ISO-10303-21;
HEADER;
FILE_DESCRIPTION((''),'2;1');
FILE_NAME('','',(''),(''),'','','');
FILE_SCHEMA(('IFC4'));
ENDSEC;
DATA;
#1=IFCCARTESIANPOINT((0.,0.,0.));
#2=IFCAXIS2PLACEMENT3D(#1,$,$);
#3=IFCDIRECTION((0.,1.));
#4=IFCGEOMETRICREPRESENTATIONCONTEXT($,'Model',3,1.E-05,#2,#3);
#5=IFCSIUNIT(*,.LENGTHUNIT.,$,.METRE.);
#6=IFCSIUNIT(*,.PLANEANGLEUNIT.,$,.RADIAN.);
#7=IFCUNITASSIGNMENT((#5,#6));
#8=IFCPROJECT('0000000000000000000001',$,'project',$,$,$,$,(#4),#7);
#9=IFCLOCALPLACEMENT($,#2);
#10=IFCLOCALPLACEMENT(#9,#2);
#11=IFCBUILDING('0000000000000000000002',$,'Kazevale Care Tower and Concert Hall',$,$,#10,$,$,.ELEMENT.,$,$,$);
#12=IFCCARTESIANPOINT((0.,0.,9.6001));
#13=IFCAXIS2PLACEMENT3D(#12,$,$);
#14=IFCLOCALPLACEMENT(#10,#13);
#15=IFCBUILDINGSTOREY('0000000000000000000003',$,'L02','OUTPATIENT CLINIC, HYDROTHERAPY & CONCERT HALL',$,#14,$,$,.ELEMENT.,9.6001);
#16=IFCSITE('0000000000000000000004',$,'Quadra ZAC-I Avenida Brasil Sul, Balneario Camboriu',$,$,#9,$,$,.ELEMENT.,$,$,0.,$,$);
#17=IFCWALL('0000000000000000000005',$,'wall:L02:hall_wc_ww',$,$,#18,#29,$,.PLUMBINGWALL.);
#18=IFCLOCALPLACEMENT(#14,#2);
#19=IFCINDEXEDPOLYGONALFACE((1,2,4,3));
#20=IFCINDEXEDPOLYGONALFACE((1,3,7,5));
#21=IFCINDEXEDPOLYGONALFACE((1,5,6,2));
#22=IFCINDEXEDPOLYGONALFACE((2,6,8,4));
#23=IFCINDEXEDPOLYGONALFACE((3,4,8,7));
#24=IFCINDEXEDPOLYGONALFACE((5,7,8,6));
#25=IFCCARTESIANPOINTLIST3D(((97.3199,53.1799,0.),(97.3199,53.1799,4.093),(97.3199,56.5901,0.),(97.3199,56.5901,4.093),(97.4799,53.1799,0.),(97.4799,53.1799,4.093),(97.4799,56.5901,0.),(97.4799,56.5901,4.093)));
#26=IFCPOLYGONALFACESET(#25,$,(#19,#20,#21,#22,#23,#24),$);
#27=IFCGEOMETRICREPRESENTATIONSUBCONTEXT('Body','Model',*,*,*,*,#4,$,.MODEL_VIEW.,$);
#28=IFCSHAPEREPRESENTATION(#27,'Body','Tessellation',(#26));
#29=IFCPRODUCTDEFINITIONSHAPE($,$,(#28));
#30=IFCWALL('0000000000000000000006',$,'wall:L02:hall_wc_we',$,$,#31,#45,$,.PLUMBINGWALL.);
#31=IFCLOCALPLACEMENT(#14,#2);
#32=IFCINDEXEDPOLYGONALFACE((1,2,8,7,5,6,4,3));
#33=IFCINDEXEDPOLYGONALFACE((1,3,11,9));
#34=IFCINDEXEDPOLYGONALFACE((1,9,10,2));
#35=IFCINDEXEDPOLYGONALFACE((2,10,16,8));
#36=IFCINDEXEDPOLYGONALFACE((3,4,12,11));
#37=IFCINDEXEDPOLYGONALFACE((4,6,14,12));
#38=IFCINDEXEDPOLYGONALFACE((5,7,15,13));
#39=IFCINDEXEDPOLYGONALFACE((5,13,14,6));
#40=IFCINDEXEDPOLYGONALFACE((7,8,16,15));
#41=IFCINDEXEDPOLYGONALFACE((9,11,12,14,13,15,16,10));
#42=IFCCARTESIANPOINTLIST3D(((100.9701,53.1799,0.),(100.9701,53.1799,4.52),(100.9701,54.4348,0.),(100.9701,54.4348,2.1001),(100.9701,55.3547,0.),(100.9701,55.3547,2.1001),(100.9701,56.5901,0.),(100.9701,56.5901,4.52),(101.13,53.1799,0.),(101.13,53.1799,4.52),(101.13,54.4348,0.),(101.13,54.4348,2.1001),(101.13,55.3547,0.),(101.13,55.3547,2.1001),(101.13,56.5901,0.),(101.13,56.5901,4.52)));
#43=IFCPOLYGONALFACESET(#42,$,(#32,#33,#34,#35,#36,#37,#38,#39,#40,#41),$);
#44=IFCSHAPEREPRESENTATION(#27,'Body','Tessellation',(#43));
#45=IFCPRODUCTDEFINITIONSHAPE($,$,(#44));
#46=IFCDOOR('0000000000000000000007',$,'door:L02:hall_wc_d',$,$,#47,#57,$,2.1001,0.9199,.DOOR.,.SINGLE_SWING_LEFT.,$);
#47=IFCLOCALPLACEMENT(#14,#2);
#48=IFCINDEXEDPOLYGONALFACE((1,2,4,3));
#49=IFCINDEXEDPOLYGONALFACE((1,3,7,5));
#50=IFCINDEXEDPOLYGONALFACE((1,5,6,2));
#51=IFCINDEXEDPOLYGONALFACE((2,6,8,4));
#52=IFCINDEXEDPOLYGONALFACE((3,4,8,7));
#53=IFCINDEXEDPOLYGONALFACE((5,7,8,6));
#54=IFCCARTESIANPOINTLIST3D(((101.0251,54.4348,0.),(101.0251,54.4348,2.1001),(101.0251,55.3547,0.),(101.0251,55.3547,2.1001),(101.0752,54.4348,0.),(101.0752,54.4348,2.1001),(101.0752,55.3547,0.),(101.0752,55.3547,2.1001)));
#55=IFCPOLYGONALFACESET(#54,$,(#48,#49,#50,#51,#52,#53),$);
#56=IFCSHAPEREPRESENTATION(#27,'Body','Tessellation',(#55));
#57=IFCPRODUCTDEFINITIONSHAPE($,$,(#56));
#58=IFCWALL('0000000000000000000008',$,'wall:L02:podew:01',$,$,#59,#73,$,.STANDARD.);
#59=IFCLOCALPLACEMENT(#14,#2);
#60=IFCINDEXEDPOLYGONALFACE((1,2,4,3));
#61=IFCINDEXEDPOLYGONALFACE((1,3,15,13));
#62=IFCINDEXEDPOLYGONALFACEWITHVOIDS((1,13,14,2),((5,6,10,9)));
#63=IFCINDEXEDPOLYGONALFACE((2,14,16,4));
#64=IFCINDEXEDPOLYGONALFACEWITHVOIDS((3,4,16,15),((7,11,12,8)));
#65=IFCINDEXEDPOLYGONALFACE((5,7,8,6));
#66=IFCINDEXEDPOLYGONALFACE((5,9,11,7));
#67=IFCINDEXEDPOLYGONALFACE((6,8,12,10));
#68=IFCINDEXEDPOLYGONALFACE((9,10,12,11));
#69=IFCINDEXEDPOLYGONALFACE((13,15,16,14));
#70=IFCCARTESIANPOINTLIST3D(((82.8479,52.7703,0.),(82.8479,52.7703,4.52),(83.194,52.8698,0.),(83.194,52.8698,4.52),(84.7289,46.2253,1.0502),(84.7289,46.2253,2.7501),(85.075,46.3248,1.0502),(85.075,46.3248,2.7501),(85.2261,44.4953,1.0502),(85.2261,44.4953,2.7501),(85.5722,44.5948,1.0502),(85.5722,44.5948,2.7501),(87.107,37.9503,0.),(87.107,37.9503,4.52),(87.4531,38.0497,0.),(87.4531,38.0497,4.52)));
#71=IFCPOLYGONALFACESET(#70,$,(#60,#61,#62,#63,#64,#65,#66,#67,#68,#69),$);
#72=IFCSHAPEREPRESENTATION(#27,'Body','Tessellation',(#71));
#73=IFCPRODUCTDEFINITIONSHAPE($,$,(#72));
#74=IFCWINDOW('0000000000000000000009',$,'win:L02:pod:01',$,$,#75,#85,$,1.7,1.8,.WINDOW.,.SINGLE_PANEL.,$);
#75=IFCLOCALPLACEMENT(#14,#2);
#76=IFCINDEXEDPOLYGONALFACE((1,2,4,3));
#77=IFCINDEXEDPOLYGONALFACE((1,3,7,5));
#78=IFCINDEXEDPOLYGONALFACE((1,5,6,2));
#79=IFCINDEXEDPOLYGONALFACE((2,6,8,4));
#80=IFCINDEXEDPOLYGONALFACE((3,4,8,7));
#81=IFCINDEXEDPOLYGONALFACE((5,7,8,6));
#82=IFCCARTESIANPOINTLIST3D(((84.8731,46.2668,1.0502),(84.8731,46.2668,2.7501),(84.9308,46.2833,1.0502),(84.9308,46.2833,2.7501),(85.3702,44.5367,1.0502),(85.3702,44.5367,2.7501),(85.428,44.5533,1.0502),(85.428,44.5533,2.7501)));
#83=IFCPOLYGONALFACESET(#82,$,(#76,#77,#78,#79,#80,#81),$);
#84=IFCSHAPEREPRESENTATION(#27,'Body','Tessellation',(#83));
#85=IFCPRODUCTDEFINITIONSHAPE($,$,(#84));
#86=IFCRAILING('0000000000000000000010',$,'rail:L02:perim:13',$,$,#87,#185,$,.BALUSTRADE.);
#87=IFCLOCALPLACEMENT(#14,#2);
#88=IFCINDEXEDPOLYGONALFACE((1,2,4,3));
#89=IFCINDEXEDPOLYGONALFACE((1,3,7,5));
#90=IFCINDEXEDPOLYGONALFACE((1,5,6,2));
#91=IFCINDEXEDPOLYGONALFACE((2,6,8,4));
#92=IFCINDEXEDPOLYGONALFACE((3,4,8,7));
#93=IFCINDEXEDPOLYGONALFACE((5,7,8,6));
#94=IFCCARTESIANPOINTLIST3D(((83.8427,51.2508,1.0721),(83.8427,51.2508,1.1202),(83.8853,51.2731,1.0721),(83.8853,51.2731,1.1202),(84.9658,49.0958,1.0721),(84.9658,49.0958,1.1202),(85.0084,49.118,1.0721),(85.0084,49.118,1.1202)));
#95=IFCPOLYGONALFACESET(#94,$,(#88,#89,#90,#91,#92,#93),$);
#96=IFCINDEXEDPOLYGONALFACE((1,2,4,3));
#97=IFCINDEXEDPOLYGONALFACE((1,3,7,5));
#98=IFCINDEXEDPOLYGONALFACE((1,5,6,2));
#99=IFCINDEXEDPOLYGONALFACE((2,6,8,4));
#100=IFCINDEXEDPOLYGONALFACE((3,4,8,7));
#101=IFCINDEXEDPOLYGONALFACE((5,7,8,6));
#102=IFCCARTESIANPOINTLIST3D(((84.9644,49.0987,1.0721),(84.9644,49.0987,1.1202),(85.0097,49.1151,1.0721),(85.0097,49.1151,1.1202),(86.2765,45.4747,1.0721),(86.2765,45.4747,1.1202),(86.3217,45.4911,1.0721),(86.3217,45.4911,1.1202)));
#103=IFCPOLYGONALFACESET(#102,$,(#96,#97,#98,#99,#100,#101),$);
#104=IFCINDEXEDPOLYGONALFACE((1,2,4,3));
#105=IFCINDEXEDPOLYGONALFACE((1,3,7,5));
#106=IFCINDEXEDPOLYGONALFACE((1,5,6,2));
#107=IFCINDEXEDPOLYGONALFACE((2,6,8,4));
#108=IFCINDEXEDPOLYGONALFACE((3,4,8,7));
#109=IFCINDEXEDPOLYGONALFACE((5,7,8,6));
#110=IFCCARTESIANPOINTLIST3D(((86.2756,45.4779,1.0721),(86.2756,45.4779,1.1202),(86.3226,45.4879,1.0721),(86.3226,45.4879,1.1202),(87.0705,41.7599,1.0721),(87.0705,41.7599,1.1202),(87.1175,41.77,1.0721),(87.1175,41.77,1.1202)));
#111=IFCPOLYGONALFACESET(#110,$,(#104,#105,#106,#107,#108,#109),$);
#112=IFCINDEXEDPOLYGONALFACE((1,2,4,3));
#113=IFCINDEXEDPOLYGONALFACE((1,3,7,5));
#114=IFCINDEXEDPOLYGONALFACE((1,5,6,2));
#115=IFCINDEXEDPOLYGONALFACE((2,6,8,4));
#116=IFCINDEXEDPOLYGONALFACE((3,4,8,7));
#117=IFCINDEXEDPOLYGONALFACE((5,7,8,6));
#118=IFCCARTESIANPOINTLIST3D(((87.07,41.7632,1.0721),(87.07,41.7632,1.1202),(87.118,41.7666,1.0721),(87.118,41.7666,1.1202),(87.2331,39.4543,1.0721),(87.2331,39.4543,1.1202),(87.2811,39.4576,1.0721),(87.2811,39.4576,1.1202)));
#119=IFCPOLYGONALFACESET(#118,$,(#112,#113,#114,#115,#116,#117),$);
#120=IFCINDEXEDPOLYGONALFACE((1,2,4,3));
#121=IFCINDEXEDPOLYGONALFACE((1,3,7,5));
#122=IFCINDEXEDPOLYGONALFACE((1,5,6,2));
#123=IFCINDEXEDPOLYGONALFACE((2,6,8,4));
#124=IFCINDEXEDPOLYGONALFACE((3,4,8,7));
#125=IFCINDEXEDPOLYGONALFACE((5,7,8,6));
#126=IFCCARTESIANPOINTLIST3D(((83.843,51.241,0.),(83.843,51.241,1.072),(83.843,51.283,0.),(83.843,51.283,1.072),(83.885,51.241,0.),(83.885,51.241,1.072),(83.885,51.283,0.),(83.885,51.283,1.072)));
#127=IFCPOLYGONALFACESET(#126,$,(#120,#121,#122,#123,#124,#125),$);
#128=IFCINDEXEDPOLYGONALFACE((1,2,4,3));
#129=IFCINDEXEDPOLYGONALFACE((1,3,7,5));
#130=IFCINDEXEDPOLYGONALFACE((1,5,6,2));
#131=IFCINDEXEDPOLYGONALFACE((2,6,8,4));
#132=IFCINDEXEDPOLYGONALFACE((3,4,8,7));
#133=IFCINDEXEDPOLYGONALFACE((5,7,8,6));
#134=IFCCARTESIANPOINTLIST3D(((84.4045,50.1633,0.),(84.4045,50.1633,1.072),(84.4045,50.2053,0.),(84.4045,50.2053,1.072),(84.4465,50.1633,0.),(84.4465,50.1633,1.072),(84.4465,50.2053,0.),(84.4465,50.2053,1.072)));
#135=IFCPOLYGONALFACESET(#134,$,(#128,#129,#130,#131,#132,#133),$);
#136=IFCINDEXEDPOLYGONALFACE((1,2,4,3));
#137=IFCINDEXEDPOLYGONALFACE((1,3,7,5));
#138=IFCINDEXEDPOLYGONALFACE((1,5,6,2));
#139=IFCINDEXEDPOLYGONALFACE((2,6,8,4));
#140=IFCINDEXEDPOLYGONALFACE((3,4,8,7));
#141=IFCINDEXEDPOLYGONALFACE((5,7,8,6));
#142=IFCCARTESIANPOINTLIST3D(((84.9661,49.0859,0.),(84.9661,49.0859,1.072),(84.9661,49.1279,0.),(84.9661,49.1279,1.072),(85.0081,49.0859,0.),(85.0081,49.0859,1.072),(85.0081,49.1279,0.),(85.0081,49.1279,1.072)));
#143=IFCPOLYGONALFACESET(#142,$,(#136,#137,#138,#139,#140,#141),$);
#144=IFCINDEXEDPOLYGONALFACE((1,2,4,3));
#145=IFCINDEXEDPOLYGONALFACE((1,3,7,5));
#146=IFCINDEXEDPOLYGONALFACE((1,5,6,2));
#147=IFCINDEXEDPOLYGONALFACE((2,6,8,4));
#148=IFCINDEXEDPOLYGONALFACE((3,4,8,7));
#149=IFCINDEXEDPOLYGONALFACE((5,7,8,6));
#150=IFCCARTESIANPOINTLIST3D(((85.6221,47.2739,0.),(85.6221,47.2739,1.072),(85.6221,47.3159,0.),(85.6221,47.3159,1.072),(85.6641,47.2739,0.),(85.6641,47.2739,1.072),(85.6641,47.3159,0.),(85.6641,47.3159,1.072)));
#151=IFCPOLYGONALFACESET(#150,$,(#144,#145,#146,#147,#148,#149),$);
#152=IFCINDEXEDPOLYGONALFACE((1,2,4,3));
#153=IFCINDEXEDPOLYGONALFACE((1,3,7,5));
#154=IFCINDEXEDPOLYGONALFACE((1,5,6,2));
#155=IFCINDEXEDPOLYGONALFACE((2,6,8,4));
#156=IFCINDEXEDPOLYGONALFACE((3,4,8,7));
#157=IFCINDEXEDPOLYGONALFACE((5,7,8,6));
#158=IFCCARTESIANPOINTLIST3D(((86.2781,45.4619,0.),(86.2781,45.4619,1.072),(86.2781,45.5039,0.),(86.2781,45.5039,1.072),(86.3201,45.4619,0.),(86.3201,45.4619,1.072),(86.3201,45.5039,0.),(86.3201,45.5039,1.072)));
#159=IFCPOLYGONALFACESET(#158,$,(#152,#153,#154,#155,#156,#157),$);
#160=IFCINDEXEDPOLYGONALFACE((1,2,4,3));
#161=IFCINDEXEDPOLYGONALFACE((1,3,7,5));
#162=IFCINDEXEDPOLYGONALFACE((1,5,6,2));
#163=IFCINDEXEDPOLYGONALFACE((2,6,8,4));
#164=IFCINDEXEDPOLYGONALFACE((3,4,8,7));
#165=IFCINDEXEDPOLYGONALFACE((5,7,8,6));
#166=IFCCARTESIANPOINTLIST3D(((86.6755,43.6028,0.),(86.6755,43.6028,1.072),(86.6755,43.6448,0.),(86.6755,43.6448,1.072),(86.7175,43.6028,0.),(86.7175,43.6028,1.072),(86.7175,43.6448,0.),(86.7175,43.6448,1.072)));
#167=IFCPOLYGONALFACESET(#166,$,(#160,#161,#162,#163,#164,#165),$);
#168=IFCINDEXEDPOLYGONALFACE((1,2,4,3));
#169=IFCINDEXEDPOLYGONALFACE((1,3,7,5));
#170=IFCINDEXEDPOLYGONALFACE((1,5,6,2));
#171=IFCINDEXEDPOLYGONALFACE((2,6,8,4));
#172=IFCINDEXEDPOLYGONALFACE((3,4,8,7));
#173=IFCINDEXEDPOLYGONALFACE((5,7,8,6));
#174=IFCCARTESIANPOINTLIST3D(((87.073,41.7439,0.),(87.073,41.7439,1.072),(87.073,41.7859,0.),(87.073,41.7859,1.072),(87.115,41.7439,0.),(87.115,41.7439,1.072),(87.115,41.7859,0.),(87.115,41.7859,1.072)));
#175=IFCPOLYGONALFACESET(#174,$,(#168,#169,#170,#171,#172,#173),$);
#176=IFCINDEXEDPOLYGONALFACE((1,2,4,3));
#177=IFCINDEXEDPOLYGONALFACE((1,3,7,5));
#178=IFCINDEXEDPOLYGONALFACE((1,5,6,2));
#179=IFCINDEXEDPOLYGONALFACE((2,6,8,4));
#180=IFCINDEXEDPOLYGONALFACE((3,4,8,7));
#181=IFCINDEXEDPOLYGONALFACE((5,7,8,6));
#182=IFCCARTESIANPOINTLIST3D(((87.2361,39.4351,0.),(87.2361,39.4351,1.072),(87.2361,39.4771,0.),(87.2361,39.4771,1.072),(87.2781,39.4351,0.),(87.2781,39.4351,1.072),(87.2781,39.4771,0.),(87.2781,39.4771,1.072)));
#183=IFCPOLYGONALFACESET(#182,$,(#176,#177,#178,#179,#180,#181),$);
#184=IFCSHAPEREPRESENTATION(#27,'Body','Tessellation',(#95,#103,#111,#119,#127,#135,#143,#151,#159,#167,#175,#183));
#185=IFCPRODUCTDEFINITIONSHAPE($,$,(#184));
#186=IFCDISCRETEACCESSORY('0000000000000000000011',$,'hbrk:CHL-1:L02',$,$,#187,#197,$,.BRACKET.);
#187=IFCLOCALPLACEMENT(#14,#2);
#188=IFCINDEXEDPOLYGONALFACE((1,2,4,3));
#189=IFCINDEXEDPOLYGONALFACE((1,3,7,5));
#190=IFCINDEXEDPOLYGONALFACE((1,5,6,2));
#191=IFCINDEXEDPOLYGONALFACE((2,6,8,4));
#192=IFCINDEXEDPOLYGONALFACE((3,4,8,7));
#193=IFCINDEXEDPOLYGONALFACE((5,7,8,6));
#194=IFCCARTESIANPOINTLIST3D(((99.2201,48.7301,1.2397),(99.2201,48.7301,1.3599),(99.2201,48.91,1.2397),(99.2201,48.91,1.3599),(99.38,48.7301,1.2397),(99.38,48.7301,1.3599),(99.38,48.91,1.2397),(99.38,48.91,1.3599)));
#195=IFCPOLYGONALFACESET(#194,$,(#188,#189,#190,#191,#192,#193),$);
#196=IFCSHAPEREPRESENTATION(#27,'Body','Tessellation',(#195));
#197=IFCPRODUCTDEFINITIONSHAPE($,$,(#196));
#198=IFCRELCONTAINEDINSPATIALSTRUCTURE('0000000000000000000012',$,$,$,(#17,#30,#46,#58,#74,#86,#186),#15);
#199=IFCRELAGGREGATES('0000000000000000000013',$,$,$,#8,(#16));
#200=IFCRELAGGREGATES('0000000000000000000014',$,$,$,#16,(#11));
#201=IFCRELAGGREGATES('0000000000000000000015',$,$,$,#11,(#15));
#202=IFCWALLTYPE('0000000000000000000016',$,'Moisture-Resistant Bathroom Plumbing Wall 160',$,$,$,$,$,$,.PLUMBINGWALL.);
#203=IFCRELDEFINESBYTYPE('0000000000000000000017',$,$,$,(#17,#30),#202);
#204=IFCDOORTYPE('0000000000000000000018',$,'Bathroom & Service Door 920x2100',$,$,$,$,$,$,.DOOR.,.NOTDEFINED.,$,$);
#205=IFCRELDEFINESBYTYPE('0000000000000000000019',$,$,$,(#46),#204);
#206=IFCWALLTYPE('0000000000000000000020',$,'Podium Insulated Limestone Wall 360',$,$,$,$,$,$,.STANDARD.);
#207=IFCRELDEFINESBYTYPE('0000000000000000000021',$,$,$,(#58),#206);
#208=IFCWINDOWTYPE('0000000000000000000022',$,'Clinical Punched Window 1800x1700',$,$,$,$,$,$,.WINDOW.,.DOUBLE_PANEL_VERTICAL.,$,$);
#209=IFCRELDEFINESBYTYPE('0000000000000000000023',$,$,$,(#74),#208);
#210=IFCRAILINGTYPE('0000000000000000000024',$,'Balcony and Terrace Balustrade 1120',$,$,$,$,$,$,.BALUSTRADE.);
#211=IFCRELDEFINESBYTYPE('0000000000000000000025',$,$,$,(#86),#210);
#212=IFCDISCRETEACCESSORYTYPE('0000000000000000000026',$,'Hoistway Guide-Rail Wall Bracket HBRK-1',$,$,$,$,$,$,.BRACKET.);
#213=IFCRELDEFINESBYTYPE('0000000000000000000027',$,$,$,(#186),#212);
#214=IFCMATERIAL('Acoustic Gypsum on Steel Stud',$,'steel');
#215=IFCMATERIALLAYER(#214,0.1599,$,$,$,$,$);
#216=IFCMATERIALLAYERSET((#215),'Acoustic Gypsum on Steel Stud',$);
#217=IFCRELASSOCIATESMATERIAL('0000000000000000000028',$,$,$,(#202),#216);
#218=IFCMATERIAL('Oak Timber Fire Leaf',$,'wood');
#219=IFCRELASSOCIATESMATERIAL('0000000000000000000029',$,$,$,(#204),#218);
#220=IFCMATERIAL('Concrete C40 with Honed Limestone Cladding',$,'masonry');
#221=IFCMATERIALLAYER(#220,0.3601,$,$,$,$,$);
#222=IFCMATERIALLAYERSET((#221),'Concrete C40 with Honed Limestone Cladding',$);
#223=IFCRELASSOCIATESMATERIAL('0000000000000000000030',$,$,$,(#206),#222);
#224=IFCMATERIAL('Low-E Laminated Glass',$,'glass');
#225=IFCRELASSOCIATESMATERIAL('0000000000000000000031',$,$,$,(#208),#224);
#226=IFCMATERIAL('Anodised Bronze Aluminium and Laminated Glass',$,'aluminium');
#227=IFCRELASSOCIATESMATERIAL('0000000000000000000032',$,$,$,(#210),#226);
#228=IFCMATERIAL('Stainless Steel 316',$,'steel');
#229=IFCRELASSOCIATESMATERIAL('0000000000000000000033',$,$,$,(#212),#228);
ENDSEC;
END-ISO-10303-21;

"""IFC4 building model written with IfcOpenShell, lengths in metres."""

from ifc_helpers import new_model, si_unit, direction, frame, frame_2d, origin, origin_2d, place, context, subcontext, project, spatial, rectangle, extrude, material, layer, layer_set, type_object, element, fill, save


model = new_model("IFC4")

# Units and contexts
model_context = context("Model", 3, precision=1e-05, world=origin(), true_north=direction((0.0, 1.0)))
body_context = subcontext(model_context, "Body", "Model", "MODEL_VIEW")
ifc_project = project(units=[si_unit("LENGTHUNIT", "METRE"), si_unit("PLANEANGLEUNIT", "RADIAN")], contexts=[model_context])

# Site, building, storey
site_placement = place(None, origin())
site = spatial("IfcSite", under=ifc_project, at=site_placement, Name="Quadra ZAC-I Avenida Brasil Sul, Balneario Camboriu", CompositionType="ELEMENT", RefElevation=0.0)
building_placement = place(site_placement, origin())
building = spatial("IfcBuilding", under=site, at=building_placement, Name="Kazevale Care Tower and Concert Hall", CompositionType="ELEMENT")
storey_placement = place(building_placement, frame((0.0, 0.0, 9.6001)))
storey = spatial("IfcBuildingStorey", under=building, at=storey_placement, Name="L02", Description="OUTPATIENT CLINIC, HYDROTHERAPY & CONCERT HALL", CompositionType="ELEMENT", Elevation=9.6001)

# Shared definitions
ifc_material_1 = material(Name="Low-E Laminated Glass", Category="glass")

# Wall
ifc_material_2 = material(Name="Concrete C40 with Honed Limestone Cladding", Category="masonry")
ifc_material_3 = material(Name="Acoustic Gypsum on Steel Stud", Category="steel")
ifc_layer_1 = layer(ifc_material_3, 0.1599)
ifc_layer_set_1 = layer_set([ifc_layer_1], Name="Acoustic Gypsum on Steel Stud")
wall_type_1 = type_object("IfcWallType", Name="Moisture-Resistant Bathroom Plumbing Wall 160", PredefinedType="PLUMBINGWALL", material=ifc_layer_set_1)
wall_1_placement = place(storey_placement, frame((97.3999, 53.1799, 0.0), z_axis=(0.0, 0.0, 1.0), x_axis=(0.0, 1.0, 0.0)))
element("IfcWall", 1, at=wall_1_placement, inside=storey, type_object=wall_type_1, Name="wall:L02:hall_wc_ww", PredefinedType="PLUMBINGWALL", context=body_context, shape_type="SweptSolid", body=[
    extrude(rectangle(XDim=3.4102, YDim=0.1599, at=frame_2d((1.7051, 0.0))), origin(), (0.0, 0.0, 1.0), 4.093),
])

# Wall, opening, door
wall_2_placement = place(storey_placement, frame((101.05, 53.1799, 0.0), z_axis=(0.0, 0.0, 1.0), x_axis=(0.0, 1.0, 0.0)))
wall_2 = element("IfcWall", 2, at=wall_2_placement, inside=storey, type_object=wall_type_1, Name="wall:L02:hall_wc_we", PredefinedType="PLUMBINGWALL", context=body_context, shape_type="SweptSolid", body=[
    extrude(rectangle(XDim=3.4102, YDim=0.1599, at=frame_2d((1.7051, 0.0))), origin(), (0.0, 0.0, 1.0), 4.52),
])
opening_1_placement = place(wall_2_placement, frame((1.2549, 0.0, 0.0)))
opening_1 = element("IfcOpeningElement", 3, at=opening_1_placement, cuts=wall_2, PredefinedType="OPENING", context=body_context, shape_type="SweptSolid", body=[
    extrude(rectangle(XDim=0.9199, YDim=2.1001, at=frame_2d((0.46, 1.05))), frame((0.0, 0.0898, 0.0), z_axis=(0.0, -1.0, 0.0), x_axis=(1.0, 0.0, 0.0)), (0.0, 0.0, 1.0), 0.1799),
])
ifc_material_4 = material(Name="Oak Timber Fire Leaf", Category="wood")
door_type = type_object("IfcDoorType", Name="Bathroom & Service Door 920x2100", OperationType="NOTDEFINED", PredefinedType="DOOR", material=ifc_material_4)
door_placement = place(opening_1_placement, origin())
door = element("IfcDoor", 4, at=door_placement, inside=storey, type_object=door_type, Name="door:L02:hall_wc_d", OperationType="SINGLE_SWING_LEFT", OverallHeight=2.1001, OverallWidth=0.9199, PredefinedType="DOOR", context=body_context, shape_type="SweptSolid", body=[
    extrude(rectangle(XDim=0.9199, YDim=2.1001, at=frame_2d((0.46, 1.05))), frame((0.0, 0.0249, 0.0), z_axis=(0.0, -1.0, 0.0), x_axis=(1.0, 0.0, 0.0)), (0.0, 0.0, 1.0), 0.05),
])
fill(opening_1, door)

# Wall, opening, window
ifc_layer_2 = layer(ifc_material_2, 0.3601)
ifc_layer_set_2 = layer_set([ifc_layer_2], Name="Concrete C40 with Honed Limestone Cladding")
wall_type_2 = type_object("IfcWallType", Name="Podium Insulated Limestone Wall 360", PredefinedType="STANDARD", material=ifc_layer_set_2)
wall_3_placement = place(storey_placement, frame((87.28, 38.0, 0.0), z_axis=(0.0, 0.0, 1.0), x_axis=(-0.276203, 0.961099, 0.0)))
wall_3 = element("IfcWall", 5, at=wall_3_placement, inside=storey, type_object=wall_type_2, Name="wall:L02:podew:01", PredefinedType="STANDARD", context=body_context, shape_type="SweptSolid", body=[
    extrude(rectangle(XDim=15.4199, YDim=0.3601, at=frame_2d((7.71, 0.0))), origin(), (0.0, 0.0, 1.0), 4.52),
])
opening_2_placement = place(wall_3_placement, frame((6.8101, 0.0, 1.05)))
opening_2 = element("IfcOpeningElement", 6, at=opening_2_placement, cuts=wall_3, PredefinedType="OPENING", context=body_context, shape_type="SweptSolid", body=[
    extrude(rectangle(XDim=1.8, YDim=1.7, at=frame_2d((0.8999, 0.8501))), frame((0.0, 0.1899, 0.0), z_axis=(0.0, -1.0, 0.0), x_axis=(1.0, 0.0, 0.0)), (0.0, 0.0, 1.0), 0.3801),
])
window_type = type_object("IfcWindowType", Name="Clinical Punched Window 1800x1700", PartitioningType="DOUBLE_PANEL_VERTICAL", PredefinedType="WINDOW", material=ifc_material_1)
window_placement = place(opening_2_placement, origin())
window = element("IfcWindow", 7, at=window_placement, inside=storey, type_object=window_type, Name="win:L02:pod:01", OverallHeight=1.7, OverallWidth=1.8, PartitioningType="SINGLE_PANEL", PredefinedType="WINDOW", context=body_context, shape_type="SweptSolid", body=[
    extrude(rectangle(XDim=1.8, YDim=1.7, at=frame_2d((0.8999, 0.8501))), frame((0.0, 0.03, 0.0), z_axis=(0.0, -1.0, 0.0), x_axis=(1.0, 0.0, 0.0)), (0.0, 0.0, 1.0), 0.0601),
])
fill(opening_2, window)

# Railing
ifc_material_5 = material(Name="Anodised Bronze Aluminium and Laminated Glass", Category="aluminium")
railing_type = type_object("IfcRailingType", Name="Balcony and Terrace Balustrade 1120", PredefinedType="BALUSTRADE", material=ifc_material_5)
railing_placement = place(storey_placement, frame((83.864, 51.262, 0.0)))
element("IfcRailing", 8, at=railing_placement, inside=storey, type_object=railing_type, Name="rail:L02:perim:13", PredefinedType="BALUSTRADE", context=body_context, shape_type="SweptSolid", body=[
    extrude(rectangle(XDim=0.0481, YDim=0.0481, at=origin_2d()), frame((0.0, 0.0, 1.0962), z_axis=(0.46214, -0.886807, 0.0), x_axis=(0.886807, 0.46214, 0.0)), (0.0, 0.0, 1.0), 2.4302),
    extrude(rectangle(XDim=0.0481, YDim=0.0481, at=origin_2d()), frame((1.123, -2.155, 1.0962), z_axis=(0.34041, -0.940277, 0.0), x_axis=(0.940277, 0.34041, 0.0)), (0.0, 0.0, 1.0), 3.8542),
    extrude(rectangle(XDim=0.0481, YDim=0.0481, at=origin_2d()), frame((2.4351, -5.7791, 1.0962), z_axis=(0.209077, -0.977899, 0.0), x_axis=(0.977899, 0.209077, 0.0)), (0.0, 0.0, 1.0), 3.802),
    extrude(rectangle(XDim=0.0481, YDim=0.0481, at=origin_2d()), frame((3.23, -9.4971, 1.0962), z_axis=(0.07046, -0.997515, 0.0), x_axis=(0.997515, 0.07046, 0.0)), (0.0, 0.0, 1.0), 2.3147),
    extrude(rectangle(XDim=0.042, YDim=0.042, at=origin_2d()), origin(), (0.0, 0.0, 1.0), 1.072),
    extrude(rectangle(XDim=0.042, YDim=0.042, at=origin_2d()), frame((0.5615, -1.0776, 0.0)), (0.0, 0.0, 1.0), 1.072),
    extrude(rectangle(XDim=0.042, YDim=0.042, at=origin_2d()), frame((1.123, -2.155, 0.0)), (0.0, 0.0, 1.0), 1.072),
    extrude(rectangle(XDim=0.042, YDim=0.042, at=origin_2d()), frame((1.7791, -3.967, 0.0)), (0.0, 0.0, 1.0), 1.072),
    extrude(rectangle(XDim=0.042, YDim=0.042, at=origin_2d()), frame((2.4351, -5.7791, 0.0)), (0.0, 0.0, 1.0), 1.072),
    extrude(rectangle(XDim=0.042, YDim=0.042, at=origin_2d()), frame((2.8325, -7.6382, 0.0)), (0.0, 0.0, 1.0), 1.072),
    extrude(rectangle(XDim=0.042, YDim=0.042, at=origin_2d()), frame((3.23, -9.4971, 0.0)), (0.0, 0.0, 1.0), 1.072),
    extrude(rectangle(XDim=0.042, YDim=0.042, at=origin_2d()), frame((3.3931, -11.8059, 0.0)), (0.0, 0.0, 1.0), 1.072),
])

# Discrete accessory
ifc_material_6 = material(Name="Stainless Steel 316", Category="steel")
discrete_accessory_type = type_object("IfcDiscreteAccessoryType", Name="Hoistway Guide-Rail Wall Bracket HBRK-1", PredefinedType="BRACKET", material=ifc_material_6)
discrete_accessory_placement = place(storey_placement, frame((99.3, 48.8201, 1.2397), z_axis=(0.0, 0.0, 1.0), x_axis=(1.0, 0.0, 0.0)))
element("IfcDiscreteAccessory", 9, at=discrete_accessory_placement, inside=storey, type_object=discrete_accessory_type, Name="hbrk:CHL-1:L02", PredefinedType="BRACKET", context=body_context, shape_type="SweptSolid", body=[
    extrude(rectangle(XDim=0.1599, YDim=0.1799, at=origin_2d()), origin(), (0.0, 0.0, 1.0), 0.1201),
])

save(model, "model.ifc")
